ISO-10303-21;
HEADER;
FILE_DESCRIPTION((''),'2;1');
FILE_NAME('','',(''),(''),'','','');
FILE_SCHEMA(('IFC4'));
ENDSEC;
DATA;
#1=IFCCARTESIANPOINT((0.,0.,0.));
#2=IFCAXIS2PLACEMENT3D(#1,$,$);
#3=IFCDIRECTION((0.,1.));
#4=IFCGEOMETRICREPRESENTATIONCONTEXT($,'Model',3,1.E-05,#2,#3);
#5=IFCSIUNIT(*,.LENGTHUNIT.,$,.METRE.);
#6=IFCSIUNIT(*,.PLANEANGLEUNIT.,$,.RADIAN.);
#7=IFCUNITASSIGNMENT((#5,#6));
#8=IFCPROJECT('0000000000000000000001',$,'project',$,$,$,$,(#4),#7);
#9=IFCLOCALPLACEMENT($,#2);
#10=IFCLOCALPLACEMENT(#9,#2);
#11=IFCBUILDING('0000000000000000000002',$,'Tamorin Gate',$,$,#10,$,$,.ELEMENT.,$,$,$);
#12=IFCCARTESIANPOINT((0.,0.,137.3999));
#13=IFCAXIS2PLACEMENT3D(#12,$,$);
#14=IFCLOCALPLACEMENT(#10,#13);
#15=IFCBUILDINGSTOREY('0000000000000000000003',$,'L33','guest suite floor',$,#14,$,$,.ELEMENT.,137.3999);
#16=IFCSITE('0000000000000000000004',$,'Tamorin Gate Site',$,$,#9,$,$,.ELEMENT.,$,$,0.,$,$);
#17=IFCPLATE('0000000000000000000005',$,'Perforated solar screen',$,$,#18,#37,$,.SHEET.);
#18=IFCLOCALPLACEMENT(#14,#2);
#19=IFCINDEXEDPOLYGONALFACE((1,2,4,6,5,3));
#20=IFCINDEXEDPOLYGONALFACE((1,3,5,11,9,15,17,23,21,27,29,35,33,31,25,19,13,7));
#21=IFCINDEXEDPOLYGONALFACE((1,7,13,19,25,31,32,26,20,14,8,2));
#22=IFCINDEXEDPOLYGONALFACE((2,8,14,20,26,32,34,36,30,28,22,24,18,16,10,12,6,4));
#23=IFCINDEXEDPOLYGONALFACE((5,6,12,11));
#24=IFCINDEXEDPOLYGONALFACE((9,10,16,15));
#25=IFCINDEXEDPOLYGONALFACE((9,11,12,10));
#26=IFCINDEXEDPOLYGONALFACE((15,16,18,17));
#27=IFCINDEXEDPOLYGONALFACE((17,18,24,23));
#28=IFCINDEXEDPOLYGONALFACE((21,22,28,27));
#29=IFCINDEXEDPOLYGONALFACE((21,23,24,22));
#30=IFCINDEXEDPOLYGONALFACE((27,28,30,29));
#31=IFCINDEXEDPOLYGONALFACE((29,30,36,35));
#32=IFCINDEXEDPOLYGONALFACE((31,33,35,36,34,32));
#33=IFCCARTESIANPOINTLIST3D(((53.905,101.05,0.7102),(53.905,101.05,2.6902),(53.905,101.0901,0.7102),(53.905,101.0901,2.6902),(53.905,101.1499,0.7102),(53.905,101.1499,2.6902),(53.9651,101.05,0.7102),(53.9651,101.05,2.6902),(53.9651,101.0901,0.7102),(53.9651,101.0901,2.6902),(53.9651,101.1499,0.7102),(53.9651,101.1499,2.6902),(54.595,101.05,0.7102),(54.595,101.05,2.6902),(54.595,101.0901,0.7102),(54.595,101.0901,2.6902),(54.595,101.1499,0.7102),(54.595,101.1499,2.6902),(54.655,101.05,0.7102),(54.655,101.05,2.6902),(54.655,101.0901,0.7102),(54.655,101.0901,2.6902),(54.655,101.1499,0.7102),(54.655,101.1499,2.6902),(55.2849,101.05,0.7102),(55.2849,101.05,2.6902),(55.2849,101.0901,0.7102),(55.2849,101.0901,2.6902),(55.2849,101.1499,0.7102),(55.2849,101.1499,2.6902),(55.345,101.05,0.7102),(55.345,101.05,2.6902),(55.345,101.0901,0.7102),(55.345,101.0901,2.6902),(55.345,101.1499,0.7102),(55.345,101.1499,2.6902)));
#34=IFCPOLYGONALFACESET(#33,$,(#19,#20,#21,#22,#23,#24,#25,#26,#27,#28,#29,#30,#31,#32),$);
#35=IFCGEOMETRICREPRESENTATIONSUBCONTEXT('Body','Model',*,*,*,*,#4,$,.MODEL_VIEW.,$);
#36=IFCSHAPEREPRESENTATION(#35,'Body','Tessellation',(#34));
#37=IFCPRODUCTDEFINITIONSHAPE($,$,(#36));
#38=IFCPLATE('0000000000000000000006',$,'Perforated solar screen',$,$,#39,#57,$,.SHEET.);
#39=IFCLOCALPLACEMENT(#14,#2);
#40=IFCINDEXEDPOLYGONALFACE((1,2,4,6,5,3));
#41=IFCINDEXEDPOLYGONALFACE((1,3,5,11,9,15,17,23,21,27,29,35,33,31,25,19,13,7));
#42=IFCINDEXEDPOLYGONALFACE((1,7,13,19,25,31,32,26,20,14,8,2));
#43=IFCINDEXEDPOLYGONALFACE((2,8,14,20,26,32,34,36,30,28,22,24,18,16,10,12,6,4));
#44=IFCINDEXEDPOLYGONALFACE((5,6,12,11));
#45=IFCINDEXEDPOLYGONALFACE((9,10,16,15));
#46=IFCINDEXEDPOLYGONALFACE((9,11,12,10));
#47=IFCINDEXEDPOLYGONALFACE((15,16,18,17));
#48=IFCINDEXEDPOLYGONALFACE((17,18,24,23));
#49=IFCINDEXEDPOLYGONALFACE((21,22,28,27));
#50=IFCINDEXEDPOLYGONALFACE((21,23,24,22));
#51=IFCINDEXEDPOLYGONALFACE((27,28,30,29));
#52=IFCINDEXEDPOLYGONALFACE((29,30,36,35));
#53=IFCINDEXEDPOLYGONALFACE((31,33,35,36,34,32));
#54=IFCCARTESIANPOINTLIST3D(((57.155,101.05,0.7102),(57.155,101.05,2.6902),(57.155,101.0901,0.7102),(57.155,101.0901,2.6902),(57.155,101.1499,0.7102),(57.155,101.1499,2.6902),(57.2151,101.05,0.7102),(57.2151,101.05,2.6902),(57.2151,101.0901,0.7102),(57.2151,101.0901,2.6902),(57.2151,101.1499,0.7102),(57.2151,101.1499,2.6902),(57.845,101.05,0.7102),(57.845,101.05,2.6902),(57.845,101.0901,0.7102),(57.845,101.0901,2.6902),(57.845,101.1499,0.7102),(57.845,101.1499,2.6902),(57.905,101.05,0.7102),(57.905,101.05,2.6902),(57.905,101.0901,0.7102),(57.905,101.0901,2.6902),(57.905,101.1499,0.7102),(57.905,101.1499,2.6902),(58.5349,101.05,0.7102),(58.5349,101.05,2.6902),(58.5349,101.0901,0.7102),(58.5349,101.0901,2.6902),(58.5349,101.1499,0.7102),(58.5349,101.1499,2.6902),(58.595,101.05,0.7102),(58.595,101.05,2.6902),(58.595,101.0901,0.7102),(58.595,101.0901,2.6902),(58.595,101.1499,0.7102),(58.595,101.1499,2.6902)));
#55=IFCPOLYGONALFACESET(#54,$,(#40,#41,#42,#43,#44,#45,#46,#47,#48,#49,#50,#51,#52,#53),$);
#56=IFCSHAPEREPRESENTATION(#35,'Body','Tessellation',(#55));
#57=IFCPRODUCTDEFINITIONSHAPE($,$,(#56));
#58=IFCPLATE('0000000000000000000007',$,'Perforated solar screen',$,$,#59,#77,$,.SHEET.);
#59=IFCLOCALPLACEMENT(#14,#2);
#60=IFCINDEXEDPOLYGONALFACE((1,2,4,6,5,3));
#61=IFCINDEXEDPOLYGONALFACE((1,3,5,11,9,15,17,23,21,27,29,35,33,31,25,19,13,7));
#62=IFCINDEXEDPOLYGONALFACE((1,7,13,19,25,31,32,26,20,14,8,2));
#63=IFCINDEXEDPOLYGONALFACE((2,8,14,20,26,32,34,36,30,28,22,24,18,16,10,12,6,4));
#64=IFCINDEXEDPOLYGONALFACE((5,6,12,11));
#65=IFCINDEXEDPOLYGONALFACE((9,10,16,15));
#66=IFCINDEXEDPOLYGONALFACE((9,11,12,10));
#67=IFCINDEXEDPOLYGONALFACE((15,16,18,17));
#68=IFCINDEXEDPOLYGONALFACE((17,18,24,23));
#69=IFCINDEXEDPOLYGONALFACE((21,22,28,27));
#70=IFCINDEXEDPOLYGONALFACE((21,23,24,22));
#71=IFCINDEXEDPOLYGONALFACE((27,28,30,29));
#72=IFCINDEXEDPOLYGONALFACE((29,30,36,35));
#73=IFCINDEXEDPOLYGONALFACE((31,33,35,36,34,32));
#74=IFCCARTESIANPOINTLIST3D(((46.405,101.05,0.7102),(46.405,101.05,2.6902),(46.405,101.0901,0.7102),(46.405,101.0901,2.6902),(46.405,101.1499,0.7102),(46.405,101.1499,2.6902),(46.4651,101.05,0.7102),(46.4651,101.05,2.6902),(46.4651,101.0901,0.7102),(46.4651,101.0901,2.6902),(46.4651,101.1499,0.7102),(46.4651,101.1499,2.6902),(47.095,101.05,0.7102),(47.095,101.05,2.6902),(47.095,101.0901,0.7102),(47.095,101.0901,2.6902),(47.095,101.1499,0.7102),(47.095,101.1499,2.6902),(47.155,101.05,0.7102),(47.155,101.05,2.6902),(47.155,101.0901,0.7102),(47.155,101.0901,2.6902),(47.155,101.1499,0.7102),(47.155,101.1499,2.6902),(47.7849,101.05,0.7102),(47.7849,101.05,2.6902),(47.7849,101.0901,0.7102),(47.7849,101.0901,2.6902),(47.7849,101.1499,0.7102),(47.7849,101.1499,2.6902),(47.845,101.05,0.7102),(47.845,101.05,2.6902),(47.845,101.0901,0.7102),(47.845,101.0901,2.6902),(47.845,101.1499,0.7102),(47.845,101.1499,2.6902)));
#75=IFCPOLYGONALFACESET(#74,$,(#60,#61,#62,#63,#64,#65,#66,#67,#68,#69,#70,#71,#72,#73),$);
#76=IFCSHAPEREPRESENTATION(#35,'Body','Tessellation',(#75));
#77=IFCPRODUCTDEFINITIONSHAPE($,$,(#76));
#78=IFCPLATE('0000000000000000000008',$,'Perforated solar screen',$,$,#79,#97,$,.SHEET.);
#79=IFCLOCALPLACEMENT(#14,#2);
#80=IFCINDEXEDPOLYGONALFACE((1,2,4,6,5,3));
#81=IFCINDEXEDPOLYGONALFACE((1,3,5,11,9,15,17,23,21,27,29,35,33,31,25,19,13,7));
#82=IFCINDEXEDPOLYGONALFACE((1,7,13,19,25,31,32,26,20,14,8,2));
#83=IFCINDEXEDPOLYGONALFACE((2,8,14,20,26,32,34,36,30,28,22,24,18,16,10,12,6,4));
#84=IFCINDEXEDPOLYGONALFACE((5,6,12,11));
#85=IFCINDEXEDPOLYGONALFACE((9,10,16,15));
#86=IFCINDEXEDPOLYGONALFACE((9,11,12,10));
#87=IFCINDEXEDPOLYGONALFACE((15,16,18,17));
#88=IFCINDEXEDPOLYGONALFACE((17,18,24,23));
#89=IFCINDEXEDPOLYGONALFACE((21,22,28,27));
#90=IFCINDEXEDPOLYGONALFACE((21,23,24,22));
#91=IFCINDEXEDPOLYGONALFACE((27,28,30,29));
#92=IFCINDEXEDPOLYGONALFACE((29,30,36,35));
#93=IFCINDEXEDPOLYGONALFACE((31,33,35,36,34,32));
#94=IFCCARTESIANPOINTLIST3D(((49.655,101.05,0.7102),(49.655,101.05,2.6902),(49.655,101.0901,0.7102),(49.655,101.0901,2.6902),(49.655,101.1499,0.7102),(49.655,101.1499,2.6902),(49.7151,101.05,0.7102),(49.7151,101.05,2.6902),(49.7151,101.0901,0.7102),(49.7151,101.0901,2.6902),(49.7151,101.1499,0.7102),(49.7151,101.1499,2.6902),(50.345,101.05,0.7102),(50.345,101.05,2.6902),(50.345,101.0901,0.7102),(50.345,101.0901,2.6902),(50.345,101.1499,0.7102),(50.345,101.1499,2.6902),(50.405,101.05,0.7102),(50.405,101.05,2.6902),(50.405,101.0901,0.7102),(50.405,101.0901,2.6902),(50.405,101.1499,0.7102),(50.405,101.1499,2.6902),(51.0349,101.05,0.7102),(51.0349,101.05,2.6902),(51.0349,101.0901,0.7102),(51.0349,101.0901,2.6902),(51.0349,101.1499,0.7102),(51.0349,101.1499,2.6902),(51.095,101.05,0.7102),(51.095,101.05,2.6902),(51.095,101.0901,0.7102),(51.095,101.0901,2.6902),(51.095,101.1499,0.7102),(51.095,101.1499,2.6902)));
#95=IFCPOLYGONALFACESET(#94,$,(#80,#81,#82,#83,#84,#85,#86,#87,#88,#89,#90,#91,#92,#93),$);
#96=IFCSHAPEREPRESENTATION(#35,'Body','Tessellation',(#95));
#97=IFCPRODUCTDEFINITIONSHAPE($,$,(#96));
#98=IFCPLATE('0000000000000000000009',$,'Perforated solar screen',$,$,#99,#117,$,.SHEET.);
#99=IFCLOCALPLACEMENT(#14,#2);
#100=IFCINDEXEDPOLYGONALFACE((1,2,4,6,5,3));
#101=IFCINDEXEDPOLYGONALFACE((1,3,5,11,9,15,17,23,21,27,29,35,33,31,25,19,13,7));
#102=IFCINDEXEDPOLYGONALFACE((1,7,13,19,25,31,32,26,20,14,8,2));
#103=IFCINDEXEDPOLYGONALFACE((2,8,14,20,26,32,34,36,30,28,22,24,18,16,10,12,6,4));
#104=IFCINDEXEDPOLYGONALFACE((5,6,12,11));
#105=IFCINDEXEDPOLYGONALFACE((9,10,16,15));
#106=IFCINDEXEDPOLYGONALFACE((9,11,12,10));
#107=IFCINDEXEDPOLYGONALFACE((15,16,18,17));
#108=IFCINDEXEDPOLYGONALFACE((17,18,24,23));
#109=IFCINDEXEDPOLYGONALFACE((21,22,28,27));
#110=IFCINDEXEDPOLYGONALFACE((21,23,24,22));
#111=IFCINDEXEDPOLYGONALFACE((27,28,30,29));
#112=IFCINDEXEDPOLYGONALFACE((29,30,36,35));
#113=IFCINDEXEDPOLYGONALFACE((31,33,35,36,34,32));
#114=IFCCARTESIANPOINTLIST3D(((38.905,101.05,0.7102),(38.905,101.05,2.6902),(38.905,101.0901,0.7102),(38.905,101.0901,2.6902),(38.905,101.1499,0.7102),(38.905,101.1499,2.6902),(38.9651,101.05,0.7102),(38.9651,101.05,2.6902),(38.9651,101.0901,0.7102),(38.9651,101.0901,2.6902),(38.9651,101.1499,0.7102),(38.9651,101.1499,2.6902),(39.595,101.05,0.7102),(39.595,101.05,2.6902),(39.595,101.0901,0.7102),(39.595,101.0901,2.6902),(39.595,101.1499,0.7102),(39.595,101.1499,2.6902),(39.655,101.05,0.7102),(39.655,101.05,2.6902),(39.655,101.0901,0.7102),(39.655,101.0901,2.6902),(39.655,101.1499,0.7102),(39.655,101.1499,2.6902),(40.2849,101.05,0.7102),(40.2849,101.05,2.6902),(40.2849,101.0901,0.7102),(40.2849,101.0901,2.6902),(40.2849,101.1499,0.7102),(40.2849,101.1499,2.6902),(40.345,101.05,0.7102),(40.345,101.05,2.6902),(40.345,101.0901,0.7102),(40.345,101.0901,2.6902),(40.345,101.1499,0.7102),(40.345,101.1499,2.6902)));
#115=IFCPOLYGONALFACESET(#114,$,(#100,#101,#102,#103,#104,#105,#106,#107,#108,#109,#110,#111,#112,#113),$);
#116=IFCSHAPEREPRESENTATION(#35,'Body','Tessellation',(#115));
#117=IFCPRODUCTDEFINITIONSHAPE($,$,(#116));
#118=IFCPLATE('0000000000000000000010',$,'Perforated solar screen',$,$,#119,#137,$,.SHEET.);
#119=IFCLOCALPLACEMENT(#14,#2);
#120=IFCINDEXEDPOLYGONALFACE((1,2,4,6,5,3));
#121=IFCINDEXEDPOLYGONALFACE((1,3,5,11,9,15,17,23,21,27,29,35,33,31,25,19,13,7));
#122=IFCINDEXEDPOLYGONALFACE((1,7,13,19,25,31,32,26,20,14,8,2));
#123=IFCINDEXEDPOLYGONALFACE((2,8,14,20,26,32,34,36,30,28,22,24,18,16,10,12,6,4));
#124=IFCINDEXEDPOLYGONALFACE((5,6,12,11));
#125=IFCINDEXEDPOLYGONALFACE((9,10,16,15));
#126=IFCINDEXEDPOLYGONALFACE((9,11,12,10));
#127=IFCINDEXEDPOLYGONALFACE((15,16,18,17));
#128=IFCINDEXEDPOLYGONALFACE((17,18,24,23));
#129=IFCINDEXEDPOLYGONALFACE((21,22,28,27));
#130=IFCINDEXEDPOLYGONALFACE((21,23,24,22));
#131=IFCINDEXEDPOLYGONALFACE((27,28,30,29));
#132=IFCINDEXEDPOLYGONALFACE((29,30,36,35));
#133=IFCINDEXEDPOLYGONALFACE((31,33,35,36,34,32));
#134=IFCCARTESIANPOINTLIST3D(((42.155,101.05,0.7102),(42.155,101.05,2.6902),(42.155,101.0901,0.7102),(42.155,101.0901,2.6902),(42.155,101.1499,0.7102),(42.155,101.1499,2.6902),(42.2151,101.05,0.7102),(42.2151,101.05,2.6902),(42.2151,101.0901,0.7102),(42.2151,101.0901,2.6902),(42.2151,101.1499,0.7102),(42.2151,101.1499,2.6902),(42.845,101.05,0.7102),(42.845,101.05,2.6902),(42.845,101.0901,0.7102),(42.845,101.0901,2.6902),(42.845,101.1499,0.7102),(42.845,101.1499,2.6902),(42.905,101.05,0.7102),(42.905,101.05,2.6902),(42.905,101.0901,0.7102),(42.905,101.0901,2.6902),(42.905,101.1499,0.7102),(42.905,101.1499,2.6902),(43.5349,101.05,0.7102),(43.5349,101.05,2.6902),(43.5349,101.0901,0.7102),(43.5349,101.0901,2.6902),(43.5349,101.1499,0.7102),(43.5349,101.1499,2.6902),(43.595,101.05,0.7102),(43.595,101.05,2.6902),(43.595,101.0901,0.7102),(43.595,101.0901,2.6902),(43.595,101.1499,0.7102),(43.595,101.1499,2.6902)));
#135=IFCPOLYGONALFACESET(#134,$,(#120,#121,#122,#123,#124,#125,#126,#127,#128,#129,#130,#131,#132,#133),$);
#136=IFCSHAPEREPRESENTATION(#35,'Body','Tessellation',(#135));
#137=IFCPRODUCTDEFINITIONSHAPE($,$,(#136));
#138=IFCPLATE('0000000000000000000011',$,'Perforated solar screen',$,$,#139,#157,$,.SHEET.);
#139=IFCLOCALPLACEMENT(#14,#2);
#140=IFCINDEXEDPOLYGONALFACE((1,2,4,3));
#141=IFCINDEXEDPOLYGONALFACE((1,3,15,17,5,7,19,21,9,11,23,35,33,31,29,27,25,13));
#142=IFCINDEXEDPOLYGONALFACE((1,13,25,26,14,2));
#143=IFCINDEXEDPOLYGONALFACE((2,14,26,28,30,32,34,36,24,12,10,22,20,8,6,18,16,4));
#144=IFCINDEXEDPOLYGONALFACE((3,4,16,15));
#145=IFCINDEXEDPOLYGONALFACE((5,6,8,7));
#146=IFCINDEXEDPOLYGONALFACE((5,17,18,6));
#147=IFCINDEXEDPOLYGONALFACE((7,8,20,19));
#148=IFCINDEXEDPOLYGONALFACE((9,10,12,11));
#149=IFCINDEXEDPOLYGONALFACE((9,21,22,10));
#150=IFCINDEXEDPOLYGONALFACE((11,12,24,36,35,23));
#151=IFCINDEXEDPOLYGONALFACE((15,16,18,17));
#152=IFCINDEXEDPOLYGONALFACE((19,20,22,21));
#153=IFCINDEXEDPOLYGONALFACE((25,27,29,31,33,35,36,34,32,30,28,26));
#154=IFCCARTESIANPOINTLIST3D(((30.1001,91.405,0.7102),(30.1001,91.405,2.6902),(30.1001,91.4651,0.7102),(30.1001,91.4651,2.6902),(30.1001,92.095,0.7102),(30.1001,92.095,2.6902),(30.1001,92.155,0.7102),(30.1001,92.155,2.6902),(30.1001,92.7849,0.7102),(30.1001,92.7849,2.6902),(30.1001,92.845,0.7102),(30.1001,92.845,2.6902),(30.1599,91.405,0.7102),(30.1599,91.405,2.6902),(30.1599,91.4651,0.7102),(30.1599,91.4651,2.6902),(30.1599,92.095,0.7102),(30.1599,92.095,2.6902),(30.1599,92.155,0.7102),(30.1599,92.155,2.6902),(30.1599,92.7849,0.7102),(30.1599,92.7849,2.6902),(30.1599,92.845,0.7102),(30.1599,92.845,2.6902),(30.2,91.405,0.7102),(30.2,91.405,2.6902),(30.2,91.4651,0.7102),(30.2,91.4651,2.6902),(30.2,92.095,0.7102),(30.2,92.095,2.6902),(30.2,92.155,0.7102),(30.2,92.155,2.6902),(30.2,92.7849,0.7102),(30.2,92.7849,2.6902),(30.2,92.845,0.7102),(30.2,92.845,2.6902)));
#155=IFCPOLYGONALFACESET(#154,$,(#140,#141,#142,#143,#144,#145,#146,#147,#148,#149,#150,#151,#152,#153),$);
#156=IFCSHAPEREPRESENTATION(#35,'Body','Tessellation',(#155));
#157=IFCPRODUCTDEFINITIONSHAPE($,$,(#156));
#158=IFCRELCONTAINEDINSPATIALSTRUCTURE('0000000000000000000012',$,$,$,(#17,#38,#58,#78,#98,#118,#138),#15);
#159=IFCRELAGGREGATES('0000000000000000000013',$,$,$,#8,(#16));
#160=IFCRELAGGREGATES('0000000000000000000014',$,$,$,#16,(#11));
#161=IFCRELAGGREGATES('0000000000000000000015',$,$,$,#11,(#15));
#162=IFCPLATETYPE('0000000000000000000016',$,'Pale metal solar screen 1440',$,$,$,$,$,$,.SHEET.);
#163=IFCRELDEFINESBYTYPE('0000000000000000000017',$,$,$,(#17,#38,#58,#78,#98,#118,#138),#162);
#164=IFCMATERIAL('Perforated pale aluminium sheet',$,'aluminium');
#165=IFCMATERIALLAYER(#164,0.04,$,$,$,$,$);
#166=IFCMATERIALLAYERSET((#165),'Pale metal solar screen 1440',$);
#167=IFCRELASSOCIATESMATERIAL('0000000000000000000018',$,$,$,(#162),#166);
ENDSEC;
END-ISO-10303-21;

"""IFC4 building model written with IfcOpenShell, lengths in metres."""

from ifc_helpers import new_model, si_unit, direction, frame, origin, place, context, subcontext, project, spatial, polyline, outline, extrude, material, layer, layer_set, type_object, element, save


model = new_model("IFC4")

# Units and contexts
model_context = context("Model", 3, precision=1e-05, world=origin(), true_north=direction((0.0, 1.0)))
body_context = subcontext(model_context, "Body", "Model", "MODEL_VIEW")
ifc_project = project(units=[si_unit("LENGTHUNIT", "METRE"), si_unit("PLANEANGLEUNIT", "RADIAN")], contexts=[model_context])

# Site, building, storey
site_placement = place(None, origin())
site = spatial("IfcSite", under=ifc_project, at=site_placement, Name="Tamorin Gate Site", CompositionType="ELEMENT", RefElevation=0.0)
building_placement = place(site_placement, origin())
building = spatial("IfcBuilding", under=site, at=building_placement, Name="Tamorin Gate", CompositionType="ELEMENT")
storey_placement = place(building_placement, frame((0.0, 0.0, 137.3999)))
storey = spatial("IfcBuildingStorey", under=building, at=storey_placement, Name="L33", Description="guest suite floor", CompositionType="ELEMENT", Elevation=137.3999)

# Plates
ifc_material = material(Name="Perforated pale aluminium sheet", Category="aluminium")
ifc_layer_1 = layer(ifc_material, 0.04)
ifc_layer_set_1 = layer_set([ifc_layer_1], Name="Pale metal solar screen 1440")
plate_type_1 = type_object("IfcPlateType", Name="Pale metal solar screen 1440", PredefinedType="SHEET", material=ifc_layer_set_1)
plate_1_placement = place(storey_placement, frame((0.0, 0.0, 0.7102)))
element("IfcPlate", 1, at=plate_1_placement, inside=storey, type_object=plate_type_1, Name="Perforated solar screen", PredefinedType="SHEET", context=body_context, shape_type="SweptSolid", body=[
    extrude(outline(polyline([(55.345, 101.0901), (55.345, 101.05), (55.2849, 101.05), (54.655, 101.05), (54.595, 101.05), (53.9651, 101.05), (53.905, 101.05), (53.905, 101.0901), (53.905, 101.1499), (53.9651, 101.1499), (53.9651, 101.0901), (54.595, 101.0901), (54.595, 101.1499), (54.655, 101.1499), (54.655, 101.0901), (55.2849, 101.0901), (55.2849, 101.1499), (55.345, 101.1499), (55.345, 101.0901)])), origin(), (0.0, 0.0, 1.0), 1.98),
])
plate_2_placement = place(storey_placement, frame((0.0, 0.0, 0.7102)))
element("IfcPlate", 2, at=plate_2_placement, inside=storey, type_object=plate_type_1, Name="Perforated solar screen", PredefinedType="SHEET", context=body_context, shape_type="SweptSolid", body=[
    extrude(outline(polyline([(58.595, 101.0901), (58.595, 101.05), (58.5349, 101.05), (57.905, 101.05), (57.845, 101.05), (57.2151, 101.05), (57.155, 101.05), (57.155, 101.0901), (57.155, 101.1499), (57.2151, 101.1499), (57.2151, 101.0901), (57.845, 101.0901), (57.845, 101.1499), (57.905, 101.1499), (57.905, 101.0901), (58.5349, 101.0901), (58.5349, 101.1499), (58.595, 101.1499), (58.595, 101.0901)])), origin(), (0.0, 0.0, 1.0), 1.98),
])
plate_3_placement = place(storey_placement, frame((0.0, 0.0, 0.7102)))
element("IfcPlate", 3, at=plate_3_placement, inside=storey, type_object=plate_type_1, Name="Perforated solar screen", PredefinedType="SHEET", context=body_context, shape_type="SweptSolid", body=[
    extrude(outline(polyline([(47.845, 101.0901), (47.845, 101.05), (47.7849, 101.05), (47.155, 101.05), (47.095, 101.05), (46.4651, 101.05), (46.405, 101.05), (46.405, 101.0901), (46.405, 101.1499), (46.4651, 101.1499), (46.4651, 101.0901), (47.095, 101.0901), (47.095, 101.1499), (47.155, 101.1499), (47.155, 101.0901), (47.7849, 101.0901), (47.7849, 101.1499), (47.845, 101.1499), (47.845, 101.0901)])), origin(), (0.0, 0.0, 1.0), 1.98),
])
plate_4_placement = place(storey_placement, frame((0.0, 0.0, 0.7102)))
element("IfcPlate", 4, at=plate_4_placement, inside=storey, type_object=plate_type_1, Name="Perforated solar screen", PredefinedType="SHEET", context=body_context, shape_type="SweptSolid", body=[
    extrude(outline(polyline([(51.095, 101.0901), (51.095, 101.05), (51.0349, 101.05), (50.405, 101.05), (50.345, 101.05), (49.7151, 101.05), (49.655, 101.05), (49.655, 101.0901), (49.655, 101.1499), (49.7151, 101.1499), (49.7151, 101.0901), (50.345, 101.0901), (50.345, 101.1499), (50.405, 101.1499), (50.405, 101.0901), (51.0349, 101.0901), (51.0349, 101.1499), (51.095, 101.1499), (51.095, 101.0901)])), origin(), (0.0, 0.0, 1.0), 1.98),
])
plate_5_placement = place(storey_placement, frame((0.0, 0.0, 0.7102)))
element("IfcPlate", 5, at=plate_5_placement, inside=storey, type_object=plate_type_1, Name="Perforated solar screen", PredefinedType="SHEET", context=body_context, shape_type="SweptSolid", body=[
    extrude(outline(polyline([(40.345, 101.0901), (40.345, 101.05), (40.2849, 101.05), (39.655, 101.05), (39.595, 101.05), (38.9651, 101.05), (38.905, 101.05), (38.905, 101.0901), (38.905, 101.1499), (38.9651, 101.1499), (38.9651, 101.0901), (39.595, 101.0901), (39.595, 101.1499), (39.655, 101.1499), (39.655, 101.0901), (40.2849, 101.0901), (40.2849, 101.1499), (40.345, 101.1499), (40.345, 101.0901)])), origin(), (0.0, 0.0, 1.0), 1.98),
])
plate_6_placement = place(storey_placement, frame((0.0, 0.0, 0.7102)))
element("IfcPlate", 6, at=plate_6_placement, inside=storey, type_object=plate_type_1, Name="Perforated solar screen", PredefinedType="SHEET", context=body_context, shape_type="SweptSolid", body=[
    extrude(outline(polyline([(43.595, 101.0901), (43.595, 101.05), (43.5349, 101.05), (42.905, 101.05), (42.845, 101.05), (42.2151, 101.05), (42.155, 101.05), (42.155, 101.0901), (42.155, 101.1499), (42.2151, 101.1499), (42.2151, 101.0901), (42.845, 101.0901), (42.845, 101.1499), (42.905, 101.1499), (42.905, 101.0901), (43.5349, 101.0901), (43.5349, 101.1499), (43.595, 101.1499), (43.595, 101.0901)])), origin(), (0.0, 0.0, 1.0), 1.98),
])
plate_7_placement = place(storey_placement, frame((0.0, 0.0, 0.7102)))
element("IfcPlate", 7, at=plate_7_placement, inside=storey, type_object=plate_type_1, Name="Perforated solar screen", PredefinedType="SHEET", context=body_context, shape_type="SweptSolid", body=[
    extrude(outline(polyline([(30.1599, 92.845), (30.2, 92.845), (30.2, 92.7849), (30.2, 92.155), (30.2, 92.095), (30.2, 91.4651), (30.2, 91.405), (30.2, 91.405), (30.1599, 91.405), (30.1599, 91.405), (30.1001, 91.405), (30.1001, 91.4651), (30.1599, 91.4651), (30.1599, 92.095), (30.1001, 92.095), (30.1001, 92.155), (30.1599, 92.155), (30.1599, 92.7849), (30.1001, 92.7849), (30.1001, 92.845), (30.1599, 92.845)])), origin(), (0.0, 0.0, 1.0), 1.98),
])

save(model, "model.ifc")
